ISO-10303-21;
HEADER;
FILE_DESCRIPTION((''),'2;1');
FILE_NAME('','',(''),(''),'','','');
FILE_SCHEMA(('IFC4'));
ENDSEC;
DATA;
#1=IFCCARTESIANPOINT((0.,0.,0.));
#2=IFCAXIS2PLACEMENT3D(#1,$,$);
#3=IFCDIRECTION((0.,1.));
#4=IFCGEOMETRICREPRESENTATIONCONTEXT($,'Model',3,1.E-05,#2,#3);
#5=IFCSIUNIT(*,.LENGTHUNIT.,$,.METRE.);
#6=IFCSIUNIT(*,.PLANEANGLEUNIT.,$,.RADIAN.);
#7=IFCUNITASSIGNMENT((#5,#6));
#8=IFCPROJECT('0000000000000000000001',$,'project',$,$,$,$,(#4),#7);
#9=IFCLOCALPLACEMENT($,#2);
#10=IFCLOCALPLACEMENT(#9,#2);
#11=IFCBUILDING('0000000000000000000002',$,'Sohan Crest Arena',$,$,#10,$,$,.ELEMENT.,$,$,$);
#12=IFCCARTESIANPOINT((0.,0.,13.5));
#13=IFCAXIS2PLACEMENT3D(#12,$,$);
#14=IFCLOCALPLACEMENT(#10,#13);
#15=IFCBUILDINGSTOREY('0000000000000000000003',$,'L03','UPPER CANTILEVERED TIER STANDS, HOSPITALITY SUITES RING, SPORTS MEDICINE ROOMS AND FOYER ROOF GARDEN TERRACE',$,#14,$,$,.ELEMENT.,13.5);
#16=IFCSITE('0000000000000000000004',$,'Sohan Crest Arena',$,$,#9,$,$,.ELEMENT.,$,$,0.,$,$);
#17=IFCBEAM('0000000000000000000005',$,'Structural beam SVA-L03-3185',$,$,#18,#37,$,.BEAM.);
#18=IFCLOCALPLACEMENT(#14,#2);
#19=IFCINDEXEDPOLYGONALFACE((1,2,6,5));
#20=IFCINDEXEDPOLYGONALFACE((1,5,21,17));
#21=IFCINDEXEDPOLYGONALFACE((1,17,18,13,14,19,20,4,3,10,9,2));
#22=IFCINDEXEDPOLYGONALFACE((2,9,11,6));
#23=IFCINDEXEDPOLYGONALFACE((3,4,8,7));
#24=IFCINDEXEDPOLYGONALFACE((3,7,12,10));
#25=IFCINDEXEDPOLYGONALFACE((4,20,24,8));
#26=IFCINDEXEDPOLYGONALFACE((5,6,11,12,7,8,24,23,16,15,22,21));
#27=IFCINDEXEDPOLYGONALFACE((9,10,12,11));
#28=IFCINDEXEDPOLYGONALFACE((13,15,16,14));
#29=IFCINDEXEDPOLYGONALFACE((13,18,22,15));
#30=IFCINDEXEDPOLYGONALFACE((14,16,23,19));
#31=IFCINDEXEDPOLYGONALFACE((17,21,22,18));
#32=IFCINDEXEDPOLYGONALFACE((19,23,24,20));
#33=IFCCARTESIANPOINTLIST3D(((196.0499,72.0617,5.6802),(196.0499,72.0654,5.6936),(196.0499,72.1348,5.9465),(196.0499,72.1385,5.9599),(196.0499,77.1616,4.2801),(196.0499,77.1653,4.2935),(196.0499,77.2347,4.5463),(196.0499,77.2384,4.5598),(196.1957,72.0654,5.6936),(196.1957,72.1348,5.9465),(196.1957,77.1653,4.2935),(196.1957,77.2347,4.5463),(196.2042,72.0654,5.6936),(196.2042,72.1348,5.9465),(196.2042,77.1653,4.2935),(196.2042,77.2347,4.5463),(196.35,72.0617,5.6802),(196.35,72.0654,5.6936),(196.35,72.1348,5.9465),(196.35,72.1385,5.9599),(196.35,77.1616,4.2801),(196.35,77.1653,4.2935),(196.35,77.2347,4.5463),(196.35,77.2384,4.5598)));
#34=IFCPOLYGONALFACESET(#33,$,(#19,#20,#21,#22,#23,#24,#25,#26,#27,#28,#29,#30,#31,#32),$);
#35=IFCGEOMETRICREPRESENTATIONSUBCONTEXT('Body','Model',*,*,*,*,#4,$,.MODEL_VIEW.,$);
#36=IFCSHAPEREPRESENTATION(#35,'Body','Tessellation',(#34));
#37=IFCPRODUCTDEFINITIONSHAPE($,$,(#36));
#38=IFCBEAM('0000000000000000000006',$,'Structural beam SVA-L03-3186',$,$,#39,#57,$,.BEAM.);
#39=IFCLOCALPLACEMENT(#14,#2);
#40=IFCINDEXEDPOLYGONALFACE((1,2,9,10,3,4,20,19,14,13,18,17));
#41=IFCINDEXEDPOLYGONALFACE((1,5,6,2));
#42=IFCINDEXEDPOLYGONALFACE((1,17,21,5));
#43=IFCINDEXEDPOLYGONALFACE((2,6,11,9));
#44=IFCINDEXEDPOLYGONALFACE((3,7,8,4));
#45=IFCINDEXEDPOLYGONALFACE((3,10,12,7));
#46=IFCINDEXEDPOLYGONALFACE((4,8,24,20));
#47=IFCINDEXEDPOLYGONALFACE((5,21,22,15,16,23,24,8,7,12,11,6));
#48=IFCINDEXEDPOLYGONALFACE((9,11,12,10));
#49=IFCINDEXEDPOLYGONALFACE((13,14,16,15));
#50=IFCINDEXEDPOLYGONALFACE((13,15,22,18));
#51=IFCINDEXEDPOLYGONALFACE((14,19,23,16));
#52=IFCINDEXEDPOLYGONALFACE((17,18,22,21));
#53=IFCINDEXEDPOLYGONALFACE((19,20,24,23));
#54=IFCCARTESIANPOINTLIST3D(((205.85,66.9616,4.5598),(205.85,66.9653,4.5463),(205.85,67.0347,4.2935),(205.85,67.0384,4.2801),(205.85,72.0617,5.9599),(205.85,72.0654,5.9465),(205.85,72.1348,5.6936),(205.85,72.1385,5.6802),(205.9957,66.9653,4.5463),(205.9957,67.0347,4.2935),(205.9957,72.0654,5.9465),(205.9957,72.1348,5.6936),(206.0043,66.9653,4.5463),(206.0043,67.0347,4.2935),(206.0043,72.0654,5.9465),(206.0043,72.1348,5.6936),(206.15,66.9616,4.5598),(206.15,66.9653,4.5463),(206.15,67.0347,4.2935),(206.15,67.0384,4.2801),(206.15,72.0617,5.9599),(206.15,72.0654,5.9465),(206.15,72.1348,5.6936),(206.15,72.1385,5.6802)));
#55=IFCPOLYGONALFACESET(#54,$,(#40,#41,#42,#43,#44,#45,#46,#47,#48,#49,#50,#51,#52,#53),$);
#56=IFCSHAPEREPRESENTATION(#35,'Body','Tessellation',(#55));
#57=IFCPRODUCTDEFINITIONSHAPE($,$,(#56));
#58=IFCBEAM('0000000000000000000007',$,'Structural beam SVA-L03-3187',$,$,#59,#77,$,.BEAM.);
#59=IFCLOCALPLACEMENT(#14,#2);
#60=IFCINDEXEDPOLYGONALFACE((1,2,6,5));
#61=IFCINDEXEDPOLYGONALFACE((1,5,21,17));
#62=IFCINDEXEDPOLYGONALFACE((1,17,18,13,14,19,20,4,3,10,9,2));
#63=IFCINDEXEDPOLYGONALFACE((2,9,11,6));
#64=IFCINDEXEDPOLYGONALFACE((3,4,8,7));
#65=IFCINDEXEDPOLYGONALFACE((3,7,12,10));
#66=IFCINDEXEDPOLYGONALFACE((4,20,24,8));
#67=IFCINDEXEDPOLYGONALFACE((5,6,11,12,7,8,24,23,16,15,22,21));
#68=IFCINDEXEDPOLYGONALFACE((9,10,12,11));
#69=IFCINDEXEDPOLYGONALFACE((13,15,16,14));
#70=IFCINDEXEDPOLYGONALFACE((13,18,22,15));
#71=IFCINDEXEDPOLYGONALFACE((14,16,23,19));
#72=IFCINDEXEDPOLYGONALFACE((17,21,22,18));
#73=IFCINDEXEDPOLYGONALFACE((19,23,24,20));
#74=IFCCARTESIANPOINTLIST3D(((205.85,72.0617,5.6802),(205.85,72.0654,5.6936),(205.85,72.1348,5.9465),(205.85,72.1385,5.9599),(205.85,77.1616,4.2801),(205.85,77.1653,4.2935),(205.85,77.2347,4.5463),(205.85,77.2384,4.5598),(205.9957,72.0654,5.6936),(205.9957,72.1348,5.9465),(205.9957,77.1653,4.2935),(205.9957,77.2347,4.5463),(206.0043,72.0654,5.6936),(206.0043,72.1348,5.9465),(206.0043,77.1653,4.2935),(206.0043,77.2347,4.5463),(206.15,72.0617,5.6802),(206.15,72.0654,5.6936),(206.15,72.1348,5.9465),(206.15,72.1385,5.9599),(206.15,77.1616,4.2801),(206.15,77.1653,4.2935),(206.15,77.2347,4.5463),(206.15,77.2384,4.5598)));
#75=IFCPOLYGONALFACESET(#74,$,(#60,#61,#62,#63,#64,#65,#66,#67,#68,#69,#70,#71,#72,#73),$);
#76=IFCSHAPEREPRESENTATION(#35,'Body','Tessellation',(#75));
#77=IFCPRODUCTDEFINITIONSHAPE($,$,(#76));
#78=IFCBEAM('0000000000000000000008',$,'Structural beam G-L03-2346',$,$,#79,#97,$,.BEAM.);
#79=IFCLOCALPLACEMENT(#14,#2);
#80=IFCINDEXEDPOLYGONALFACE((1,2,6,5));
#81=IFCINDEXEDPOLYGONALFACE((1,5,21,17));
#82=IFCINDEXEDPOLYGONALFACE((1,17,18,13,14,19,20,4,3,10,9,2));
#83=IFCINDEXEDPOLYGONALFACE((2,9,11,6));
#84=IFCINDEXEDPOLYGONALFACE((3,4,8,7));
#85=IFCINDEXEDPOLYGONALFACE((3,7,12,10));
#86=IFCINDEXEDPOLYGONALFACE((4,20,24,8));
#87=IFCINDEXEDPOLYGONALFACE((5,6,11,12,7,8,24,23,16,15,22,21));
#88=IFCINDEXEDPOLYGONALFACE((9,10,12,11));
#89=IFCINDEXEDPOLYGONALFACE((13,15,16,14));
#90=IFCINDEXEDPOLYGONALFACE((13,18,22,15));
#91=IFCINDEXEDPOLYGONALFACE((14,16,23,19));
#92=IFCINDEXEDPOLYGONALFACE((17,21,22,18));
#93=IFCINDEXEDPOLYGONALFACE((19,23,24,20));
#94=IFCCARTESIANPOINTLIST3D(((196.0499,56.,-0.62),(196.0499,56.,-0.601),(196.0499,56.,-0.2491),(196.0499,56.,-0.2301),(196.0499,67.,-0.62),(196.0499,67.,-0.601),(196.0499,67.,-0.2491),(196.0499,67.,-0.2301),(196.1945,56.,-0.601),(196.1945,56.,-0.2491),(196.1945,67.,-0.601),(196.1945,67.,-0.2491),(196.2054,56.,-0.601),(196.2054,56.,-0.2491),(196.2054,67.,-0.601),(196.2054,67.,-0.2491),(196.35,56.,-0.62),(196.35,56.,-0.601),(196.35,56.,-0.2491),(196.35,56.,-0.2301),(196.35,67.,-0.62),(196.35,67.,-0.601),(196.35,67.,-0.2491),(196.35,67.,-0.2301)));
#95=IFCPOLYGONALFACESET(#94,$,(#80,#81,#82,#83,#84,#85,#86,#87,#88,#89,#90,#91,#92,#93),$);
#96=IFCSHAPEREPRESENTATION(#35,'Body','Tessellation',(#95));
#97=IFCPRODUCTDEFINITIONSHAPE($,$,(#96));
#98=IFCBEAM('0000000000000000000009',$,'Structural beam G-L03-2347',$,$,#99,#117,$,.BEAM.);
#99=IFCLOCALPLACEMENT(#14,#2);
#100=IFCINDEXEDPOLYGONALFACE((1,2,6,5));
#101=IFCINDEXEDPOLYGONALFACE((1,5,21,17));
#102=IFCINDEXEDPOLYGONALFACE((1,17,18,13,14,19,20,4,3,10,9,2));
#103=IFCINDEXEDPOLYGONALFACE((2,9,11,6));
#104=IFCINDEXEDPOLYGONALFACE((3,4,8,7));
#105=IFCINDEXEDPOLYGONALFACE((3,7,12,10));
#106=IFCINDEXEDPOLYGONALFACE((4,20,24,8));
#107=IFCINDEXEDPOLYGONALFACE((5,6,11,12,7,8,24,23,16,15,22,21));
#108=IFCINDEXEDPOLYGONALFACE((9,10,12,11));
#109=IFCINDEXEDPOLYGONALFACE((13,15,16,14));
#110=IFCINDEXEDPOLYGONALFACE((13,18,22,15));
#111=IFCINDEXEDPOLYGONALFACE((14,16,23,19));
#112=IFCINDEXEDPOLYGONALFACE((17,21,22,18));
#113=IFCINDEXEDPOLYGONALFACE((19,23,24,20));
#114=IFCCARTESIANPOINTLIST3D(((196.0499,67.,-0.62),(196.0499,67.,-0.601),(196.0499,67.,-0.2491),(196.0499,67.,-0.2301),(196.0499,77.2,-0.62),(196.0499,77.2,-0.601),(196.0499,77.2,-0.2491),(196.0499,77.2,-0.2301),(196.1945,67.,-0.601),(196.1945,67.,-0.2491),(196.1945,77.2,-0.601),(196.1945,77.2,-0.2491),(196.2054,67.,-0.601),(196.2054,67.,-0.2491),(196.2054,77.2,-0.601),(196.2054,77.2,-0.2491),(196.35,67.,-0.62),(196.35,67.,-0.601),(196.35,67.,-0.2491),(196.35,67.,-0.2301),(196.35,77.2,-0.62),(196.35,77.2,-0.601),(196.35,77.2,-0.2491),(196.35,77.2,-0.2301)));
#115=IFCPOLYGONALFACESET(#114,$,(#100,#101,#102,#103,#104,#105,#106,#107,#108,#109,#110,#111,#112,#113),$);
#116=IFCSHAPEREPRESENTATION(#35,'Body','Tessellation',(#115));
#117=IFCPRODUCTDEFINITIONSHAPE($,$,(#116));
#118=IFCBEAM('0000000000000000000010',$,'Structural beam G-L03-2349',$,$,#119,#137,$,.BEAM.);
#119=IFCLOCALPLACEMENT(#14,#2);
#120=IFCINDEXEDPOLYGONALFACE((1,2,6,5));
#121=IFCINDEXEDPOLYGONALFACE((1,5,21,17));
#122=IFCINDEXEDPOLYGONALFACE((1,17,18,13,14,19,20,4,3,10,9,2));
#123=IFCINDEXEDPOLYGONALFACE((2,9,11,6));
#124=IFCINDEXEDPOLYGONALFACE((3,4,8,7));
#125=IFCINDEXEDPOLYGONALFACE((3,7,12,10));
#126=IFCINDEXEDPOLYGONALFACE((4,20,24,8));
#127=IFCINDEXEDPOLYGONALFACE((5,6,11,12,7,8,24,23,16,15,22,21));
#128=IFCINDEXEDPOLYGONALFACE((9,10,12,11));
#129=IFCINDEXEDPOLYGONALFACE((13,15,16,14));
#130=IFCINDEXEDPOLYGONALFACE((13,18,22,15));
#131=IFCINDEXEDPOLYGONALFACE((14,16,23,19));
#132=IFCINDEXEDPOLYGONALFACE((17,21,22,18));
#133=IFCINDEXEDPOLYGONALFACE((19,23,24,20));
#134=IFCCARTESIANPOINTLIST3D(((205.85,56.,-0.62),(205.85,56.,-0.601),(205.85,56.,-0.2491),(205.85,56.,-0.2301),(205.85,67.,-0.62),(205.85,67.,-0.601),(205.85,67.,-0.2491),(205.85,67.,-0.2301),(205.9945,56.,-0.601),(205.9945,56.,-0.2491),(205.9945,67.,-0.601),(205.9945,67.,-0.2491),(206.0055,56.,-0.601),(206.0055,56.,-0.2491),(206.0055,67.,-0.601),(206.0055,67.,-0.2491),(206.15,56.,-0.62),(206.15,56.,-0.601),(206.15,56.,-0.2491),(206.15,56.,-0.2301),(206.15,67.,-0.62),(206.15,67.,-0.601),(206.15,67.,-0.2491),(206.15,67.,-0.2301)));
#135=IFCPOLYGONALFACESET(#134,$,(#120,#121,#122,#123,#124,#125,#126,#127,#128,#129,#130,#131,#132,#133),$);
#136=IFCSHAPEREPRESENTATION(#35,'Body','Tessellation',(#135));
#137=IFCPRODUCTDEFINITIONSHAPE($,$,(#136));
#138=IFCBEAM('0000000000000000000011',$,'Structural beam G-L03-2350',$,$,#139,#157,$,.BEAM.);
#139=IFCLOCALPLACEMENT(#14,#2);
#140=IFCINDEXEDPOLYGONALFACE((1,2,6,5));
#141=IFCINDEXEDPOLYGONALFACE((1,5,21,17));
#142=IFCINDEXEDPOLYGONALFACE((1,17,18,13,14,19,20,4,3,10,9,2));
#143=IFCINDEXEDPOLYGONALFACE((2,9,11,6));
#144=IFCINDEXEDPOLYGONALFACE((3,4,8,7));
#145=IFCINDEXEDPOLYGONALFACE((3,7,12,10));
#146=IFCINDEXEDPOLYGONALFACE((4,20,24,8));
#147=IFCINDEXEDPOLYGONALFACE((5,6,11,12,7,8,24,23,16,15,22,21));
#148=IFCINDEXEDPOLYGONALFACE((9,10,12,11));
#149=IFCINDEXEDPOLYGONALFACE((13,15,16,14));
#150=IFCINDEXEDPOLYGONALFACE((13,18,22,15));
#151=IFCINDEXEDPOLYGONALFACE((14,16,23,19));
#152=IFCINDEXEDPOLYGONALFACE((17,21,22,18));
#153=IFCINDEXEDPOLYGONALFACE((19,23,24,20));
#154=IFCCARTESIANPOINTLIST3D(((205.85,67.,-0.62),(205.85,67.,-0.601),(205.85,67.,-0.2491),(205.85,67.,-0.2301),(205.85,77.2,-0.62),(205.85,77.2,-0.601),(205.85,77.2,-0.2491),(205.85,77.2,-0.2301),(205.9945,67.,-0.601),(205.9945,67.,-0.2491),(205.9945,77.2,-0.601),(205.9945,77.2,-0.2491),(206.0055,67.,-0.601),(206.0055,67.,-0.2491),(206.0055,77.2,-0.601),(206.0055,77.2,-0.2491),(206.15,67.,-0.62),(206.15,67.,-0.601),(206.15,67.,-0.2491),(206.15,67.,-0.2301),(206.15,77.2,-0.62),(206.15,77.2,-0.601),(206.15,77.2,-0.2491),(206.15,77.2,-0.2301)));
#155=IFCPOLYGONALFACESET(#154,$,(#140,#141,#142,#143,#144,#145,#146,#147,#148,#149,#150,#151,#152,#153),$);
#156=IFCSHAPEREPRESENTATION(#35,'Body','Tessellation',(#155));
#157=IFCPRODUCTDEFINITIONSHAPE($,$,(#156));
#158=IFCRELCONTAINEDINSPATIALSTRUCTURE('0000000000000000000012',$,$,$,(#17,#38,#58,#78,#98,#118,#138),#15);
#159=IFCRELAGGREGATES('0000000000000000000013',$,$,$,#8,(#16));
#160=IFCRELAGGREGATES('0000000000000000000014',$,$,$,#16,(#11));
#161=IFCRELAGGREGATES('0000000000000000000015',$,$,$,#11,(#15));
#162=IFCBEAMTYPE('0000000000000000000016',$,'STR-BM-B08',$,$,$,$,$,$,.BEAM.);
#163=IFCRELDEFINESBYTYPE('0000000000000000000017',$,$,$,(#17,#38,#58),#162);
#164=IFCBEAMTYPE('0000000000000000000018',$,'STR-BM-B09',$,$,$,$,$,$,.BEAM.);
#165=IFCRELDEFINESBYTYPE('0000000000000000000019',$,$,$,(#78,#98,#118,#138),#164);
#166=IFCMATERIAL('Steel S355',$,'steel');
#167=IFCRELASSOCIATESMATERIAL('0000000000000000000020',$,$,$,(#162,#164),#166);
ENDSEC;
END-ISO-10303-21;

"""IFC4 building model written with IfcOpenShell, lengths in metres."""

from ifc_helpers import new_model, si_unit, direction, frame, origin, origin_2d, place, context, subcontext, project, spatial, i_section, extrude, material, material_profile, profile_set, type_object, element, save


model = new_model("IFC4")

# Units and contexts
model_context = context("Model", 3, precision=1e-05, world=origin(), true_north=direction((0.0, 1.0)))
body_context = subcontext(model_context, "Body", "Model", "MODEL_VIEW")
ifc_project = project(units=[si_unit("LENGTHUNIT", "METRE"), si_unit("PLANEANGLEUNIT", "RADIAN")], contexts=[model_context])

# Site, building, storey
site_placement = place(None, origin())
site = spatial("IfcSite", under=ifc_project, at=site_placement, Name="Sohan Crest Arena", CompositionType="ELEMENT", RefElevation=0.0)
building_placement = place(site_placement, origin())
building = spatial("IfcBuilding", under=site, at=building_placement, Name="Sohan Crest Arena", CompositionType="ELEMENT")
storey_placement = place(building_placement, frame((0.0, 0.0, 13.5)))
storey = spatial("IfcBuildingStorey", under=building, at=storey_placement, Name="L03", Description="UPPER CANTILEVERED TIER STANDS, HOSPITALITY SUITES RING, SPORTS MEDICINE ROOMS AND FOYER ROOF GARDEN TERRACE", CompositionType="ELEMENT", Elevation=13.5)

# Beams
ifc_material_1 = material(Name="Steel S355", Category="steel")
ifc_material_profile_1 = material_profile(ifc_material_1, i_section(OverallWidth=0.3, OverallDepth=0.29, WebThickness=0.0085, FlangeThickness=0.0139, at=origin_2d()), Name="HEA 300")
ifc_profile_set_1 = profile_set([ifc_material_profile_1], Name="Steel S355")
beam_type_1 = type_object("IfcBeamType", Name="STR-BM-B08", PredefinedType="BEAM", material=ifc_profile_set_1)
beam_1_placement = place(storey_placement, frame((196.2, 72.1001, 5.8201), z_axis=(0.0, 0.964317, -0.26475), x_axis=(-1.0, 0.0, 0.0)))
element("IfcBeam", 1, at=beam_1_placement, inside=storey, type_object=beam_type_1, Name="Structural beam SVA-L03-3185", PredefinedType="BEAM", context=body_context, shape_type="SweptSolid", body=[
    extrude(i_section(OverallWidth=0.3, OverallDepth=0.29, WebThickness=0.0085, FlangeThickness=0.0139, at=origin_2d()), origin(), (0.0, 0.0, 1.0), 5.2886),
])
beam_2_placement = place(storey_placement, frame((206.0, 67.0, 4.4199), z_axis=(0.0, 0.96432, 0.264738), x_axis=(-1.0, 0.0, 0.0)))
element("IfcBeam", 2, at=beam_2_placement, inside=storey, type_object=beam_type_1, Name="Structural beam SVA-L03-3186", PredefinedType="BEAM", context=body_context, shape_type="SweptSolid", body=[
    extrude(i_section(OverallWidth=0.3, OverallDepth=0.29, WebThickness=0.0085, FlangeThickness=0.0139, at=origin_2d()), origin(), (0.0, 0.0, 1.0), 5.2888),
])
beam_3_placement = place(storey_placement, frame((206.0, 72.1001, 5.8201), z_axis=(0.0, 0.964317, -0.26475), x_axis=(-1.0, 0.0, 0.0)))
element("IfcBeam", 3, at=beam_3_placement, inside=storey, type_object=beam_type_1, Name="Structural beam SVA-L03-3187", PredefinedType="BEAM", context=body_context, shape_type="SweptSolid", body=[
    extrude(i_section(OverallWidth=0.3, OverallDepth=0.29, WebThickness=0.0085, FlangeThickness=0.0139, at=origin_2d()), origin(), (0.0, 0.0, 1.0), 5.2886),
])
ifc_material_profile_2 = material_profile(ifc_material_1, i_section(OverallWidth=0.3, OverallDepth=0.3899, WebThickness=0.011, FlangeThickness=0.019, at=origin_2d()), Name="HEA 400")
ifc_profile_set_2 = profile_set([ifc_material_profile_2], Name="Steel S355")
beam_type_2 = type_object("IfcBeamType", Name="STR-BM-B09", PredefinedType="BEAM", material=ifc_profile_set_2)
beam_4_placement = place(storey_placement, frame((196.2, 56.0, -0.425), z_axis=(0.0, 1.0, 0.0), x_axis=(-1.0, 0.0, 0.0)))
element("IfcBeam", 4, at=beam_4_placement, inside=storey, type_object=beam_type_2, Name="Structural beam G-L03-2346", PredefinedType="BEAM", context=body_context, shape_type="SweptSolid", body=[
    extrude(i_section(OverallWidth=0.3, OverallDepth=0.3899, WebThickness=0.011, FlangeThickness=0.019, at=origin_2d()), origin(), (0.0, 0.0, 1.0), 11.0),
])
beam_5_placement = place(storey_placement, frame((196.2, 67.0, -0.425), z_axis=(0.0, 1.0, 0.0), x_axis=(-1.0, 0.0, 0.0)))
element("IfcBeam", 5, at=beam_5_placement, inside=storey, type_object=beam_type_2, Name="Structural beam G-L03-2347", PredefinedType="BEAM", context=body_context, shape_type="SweptSolid", body=[
    extrude(i_section(OverallWidth=0.3, OverallDepth=0.3899, WebThickness=0.011, FlangeThickness=0.019, at=origin_2d()), origin(), (0.0, 0.0, 1.0), 10.2),
])
beam_6_placement = place(storey_placement, frame((206.0, 56.0, -0.425), z_axis=(0.0, 1.0, 0.0), x_axis=(-1.0, 0.0, 0.0)))
element("IfcBeam", 6, at=beam_6_placement, inside=storey, type_object=beam_type_2, Name="Structural beam G-L03-2349", PredefinedType="BEAM", context=body_context, shape_type="SweptSolid", body=[
    extrude(i_section(OverallWidth=0.3, OverallDepth=0.3899, WebThickness=0.011, FlangeThickness=0.019, at=origin_2d()), origin(), (0.0, 0.0, 1.0), 11.0),
])
beam_7_placement = place(storey_placement, frame((206.0, 67.0, -0.425), z_axis=(0.0, 1.0, 0.0), x_axis=(-1.0, 0.0, 0.0)))
element("IfcBeam", 7, at=beam_7_placement, inside=storey, type_object=beam_type_2, Name="Structural beam G-L03-2350", PredefinedType="BEAM", context=body_context, shape_type="SweptSolid", body=[
    extrude(i_section(OverallWidth=0.3, OverallDepth=0.3899, WebThickness=0.011, FlangeThickness=0.019, at=origin_2d()), origin(), (0.0, 0.0, 1.0), 10.2),
])

save(model, "model.ifc")
